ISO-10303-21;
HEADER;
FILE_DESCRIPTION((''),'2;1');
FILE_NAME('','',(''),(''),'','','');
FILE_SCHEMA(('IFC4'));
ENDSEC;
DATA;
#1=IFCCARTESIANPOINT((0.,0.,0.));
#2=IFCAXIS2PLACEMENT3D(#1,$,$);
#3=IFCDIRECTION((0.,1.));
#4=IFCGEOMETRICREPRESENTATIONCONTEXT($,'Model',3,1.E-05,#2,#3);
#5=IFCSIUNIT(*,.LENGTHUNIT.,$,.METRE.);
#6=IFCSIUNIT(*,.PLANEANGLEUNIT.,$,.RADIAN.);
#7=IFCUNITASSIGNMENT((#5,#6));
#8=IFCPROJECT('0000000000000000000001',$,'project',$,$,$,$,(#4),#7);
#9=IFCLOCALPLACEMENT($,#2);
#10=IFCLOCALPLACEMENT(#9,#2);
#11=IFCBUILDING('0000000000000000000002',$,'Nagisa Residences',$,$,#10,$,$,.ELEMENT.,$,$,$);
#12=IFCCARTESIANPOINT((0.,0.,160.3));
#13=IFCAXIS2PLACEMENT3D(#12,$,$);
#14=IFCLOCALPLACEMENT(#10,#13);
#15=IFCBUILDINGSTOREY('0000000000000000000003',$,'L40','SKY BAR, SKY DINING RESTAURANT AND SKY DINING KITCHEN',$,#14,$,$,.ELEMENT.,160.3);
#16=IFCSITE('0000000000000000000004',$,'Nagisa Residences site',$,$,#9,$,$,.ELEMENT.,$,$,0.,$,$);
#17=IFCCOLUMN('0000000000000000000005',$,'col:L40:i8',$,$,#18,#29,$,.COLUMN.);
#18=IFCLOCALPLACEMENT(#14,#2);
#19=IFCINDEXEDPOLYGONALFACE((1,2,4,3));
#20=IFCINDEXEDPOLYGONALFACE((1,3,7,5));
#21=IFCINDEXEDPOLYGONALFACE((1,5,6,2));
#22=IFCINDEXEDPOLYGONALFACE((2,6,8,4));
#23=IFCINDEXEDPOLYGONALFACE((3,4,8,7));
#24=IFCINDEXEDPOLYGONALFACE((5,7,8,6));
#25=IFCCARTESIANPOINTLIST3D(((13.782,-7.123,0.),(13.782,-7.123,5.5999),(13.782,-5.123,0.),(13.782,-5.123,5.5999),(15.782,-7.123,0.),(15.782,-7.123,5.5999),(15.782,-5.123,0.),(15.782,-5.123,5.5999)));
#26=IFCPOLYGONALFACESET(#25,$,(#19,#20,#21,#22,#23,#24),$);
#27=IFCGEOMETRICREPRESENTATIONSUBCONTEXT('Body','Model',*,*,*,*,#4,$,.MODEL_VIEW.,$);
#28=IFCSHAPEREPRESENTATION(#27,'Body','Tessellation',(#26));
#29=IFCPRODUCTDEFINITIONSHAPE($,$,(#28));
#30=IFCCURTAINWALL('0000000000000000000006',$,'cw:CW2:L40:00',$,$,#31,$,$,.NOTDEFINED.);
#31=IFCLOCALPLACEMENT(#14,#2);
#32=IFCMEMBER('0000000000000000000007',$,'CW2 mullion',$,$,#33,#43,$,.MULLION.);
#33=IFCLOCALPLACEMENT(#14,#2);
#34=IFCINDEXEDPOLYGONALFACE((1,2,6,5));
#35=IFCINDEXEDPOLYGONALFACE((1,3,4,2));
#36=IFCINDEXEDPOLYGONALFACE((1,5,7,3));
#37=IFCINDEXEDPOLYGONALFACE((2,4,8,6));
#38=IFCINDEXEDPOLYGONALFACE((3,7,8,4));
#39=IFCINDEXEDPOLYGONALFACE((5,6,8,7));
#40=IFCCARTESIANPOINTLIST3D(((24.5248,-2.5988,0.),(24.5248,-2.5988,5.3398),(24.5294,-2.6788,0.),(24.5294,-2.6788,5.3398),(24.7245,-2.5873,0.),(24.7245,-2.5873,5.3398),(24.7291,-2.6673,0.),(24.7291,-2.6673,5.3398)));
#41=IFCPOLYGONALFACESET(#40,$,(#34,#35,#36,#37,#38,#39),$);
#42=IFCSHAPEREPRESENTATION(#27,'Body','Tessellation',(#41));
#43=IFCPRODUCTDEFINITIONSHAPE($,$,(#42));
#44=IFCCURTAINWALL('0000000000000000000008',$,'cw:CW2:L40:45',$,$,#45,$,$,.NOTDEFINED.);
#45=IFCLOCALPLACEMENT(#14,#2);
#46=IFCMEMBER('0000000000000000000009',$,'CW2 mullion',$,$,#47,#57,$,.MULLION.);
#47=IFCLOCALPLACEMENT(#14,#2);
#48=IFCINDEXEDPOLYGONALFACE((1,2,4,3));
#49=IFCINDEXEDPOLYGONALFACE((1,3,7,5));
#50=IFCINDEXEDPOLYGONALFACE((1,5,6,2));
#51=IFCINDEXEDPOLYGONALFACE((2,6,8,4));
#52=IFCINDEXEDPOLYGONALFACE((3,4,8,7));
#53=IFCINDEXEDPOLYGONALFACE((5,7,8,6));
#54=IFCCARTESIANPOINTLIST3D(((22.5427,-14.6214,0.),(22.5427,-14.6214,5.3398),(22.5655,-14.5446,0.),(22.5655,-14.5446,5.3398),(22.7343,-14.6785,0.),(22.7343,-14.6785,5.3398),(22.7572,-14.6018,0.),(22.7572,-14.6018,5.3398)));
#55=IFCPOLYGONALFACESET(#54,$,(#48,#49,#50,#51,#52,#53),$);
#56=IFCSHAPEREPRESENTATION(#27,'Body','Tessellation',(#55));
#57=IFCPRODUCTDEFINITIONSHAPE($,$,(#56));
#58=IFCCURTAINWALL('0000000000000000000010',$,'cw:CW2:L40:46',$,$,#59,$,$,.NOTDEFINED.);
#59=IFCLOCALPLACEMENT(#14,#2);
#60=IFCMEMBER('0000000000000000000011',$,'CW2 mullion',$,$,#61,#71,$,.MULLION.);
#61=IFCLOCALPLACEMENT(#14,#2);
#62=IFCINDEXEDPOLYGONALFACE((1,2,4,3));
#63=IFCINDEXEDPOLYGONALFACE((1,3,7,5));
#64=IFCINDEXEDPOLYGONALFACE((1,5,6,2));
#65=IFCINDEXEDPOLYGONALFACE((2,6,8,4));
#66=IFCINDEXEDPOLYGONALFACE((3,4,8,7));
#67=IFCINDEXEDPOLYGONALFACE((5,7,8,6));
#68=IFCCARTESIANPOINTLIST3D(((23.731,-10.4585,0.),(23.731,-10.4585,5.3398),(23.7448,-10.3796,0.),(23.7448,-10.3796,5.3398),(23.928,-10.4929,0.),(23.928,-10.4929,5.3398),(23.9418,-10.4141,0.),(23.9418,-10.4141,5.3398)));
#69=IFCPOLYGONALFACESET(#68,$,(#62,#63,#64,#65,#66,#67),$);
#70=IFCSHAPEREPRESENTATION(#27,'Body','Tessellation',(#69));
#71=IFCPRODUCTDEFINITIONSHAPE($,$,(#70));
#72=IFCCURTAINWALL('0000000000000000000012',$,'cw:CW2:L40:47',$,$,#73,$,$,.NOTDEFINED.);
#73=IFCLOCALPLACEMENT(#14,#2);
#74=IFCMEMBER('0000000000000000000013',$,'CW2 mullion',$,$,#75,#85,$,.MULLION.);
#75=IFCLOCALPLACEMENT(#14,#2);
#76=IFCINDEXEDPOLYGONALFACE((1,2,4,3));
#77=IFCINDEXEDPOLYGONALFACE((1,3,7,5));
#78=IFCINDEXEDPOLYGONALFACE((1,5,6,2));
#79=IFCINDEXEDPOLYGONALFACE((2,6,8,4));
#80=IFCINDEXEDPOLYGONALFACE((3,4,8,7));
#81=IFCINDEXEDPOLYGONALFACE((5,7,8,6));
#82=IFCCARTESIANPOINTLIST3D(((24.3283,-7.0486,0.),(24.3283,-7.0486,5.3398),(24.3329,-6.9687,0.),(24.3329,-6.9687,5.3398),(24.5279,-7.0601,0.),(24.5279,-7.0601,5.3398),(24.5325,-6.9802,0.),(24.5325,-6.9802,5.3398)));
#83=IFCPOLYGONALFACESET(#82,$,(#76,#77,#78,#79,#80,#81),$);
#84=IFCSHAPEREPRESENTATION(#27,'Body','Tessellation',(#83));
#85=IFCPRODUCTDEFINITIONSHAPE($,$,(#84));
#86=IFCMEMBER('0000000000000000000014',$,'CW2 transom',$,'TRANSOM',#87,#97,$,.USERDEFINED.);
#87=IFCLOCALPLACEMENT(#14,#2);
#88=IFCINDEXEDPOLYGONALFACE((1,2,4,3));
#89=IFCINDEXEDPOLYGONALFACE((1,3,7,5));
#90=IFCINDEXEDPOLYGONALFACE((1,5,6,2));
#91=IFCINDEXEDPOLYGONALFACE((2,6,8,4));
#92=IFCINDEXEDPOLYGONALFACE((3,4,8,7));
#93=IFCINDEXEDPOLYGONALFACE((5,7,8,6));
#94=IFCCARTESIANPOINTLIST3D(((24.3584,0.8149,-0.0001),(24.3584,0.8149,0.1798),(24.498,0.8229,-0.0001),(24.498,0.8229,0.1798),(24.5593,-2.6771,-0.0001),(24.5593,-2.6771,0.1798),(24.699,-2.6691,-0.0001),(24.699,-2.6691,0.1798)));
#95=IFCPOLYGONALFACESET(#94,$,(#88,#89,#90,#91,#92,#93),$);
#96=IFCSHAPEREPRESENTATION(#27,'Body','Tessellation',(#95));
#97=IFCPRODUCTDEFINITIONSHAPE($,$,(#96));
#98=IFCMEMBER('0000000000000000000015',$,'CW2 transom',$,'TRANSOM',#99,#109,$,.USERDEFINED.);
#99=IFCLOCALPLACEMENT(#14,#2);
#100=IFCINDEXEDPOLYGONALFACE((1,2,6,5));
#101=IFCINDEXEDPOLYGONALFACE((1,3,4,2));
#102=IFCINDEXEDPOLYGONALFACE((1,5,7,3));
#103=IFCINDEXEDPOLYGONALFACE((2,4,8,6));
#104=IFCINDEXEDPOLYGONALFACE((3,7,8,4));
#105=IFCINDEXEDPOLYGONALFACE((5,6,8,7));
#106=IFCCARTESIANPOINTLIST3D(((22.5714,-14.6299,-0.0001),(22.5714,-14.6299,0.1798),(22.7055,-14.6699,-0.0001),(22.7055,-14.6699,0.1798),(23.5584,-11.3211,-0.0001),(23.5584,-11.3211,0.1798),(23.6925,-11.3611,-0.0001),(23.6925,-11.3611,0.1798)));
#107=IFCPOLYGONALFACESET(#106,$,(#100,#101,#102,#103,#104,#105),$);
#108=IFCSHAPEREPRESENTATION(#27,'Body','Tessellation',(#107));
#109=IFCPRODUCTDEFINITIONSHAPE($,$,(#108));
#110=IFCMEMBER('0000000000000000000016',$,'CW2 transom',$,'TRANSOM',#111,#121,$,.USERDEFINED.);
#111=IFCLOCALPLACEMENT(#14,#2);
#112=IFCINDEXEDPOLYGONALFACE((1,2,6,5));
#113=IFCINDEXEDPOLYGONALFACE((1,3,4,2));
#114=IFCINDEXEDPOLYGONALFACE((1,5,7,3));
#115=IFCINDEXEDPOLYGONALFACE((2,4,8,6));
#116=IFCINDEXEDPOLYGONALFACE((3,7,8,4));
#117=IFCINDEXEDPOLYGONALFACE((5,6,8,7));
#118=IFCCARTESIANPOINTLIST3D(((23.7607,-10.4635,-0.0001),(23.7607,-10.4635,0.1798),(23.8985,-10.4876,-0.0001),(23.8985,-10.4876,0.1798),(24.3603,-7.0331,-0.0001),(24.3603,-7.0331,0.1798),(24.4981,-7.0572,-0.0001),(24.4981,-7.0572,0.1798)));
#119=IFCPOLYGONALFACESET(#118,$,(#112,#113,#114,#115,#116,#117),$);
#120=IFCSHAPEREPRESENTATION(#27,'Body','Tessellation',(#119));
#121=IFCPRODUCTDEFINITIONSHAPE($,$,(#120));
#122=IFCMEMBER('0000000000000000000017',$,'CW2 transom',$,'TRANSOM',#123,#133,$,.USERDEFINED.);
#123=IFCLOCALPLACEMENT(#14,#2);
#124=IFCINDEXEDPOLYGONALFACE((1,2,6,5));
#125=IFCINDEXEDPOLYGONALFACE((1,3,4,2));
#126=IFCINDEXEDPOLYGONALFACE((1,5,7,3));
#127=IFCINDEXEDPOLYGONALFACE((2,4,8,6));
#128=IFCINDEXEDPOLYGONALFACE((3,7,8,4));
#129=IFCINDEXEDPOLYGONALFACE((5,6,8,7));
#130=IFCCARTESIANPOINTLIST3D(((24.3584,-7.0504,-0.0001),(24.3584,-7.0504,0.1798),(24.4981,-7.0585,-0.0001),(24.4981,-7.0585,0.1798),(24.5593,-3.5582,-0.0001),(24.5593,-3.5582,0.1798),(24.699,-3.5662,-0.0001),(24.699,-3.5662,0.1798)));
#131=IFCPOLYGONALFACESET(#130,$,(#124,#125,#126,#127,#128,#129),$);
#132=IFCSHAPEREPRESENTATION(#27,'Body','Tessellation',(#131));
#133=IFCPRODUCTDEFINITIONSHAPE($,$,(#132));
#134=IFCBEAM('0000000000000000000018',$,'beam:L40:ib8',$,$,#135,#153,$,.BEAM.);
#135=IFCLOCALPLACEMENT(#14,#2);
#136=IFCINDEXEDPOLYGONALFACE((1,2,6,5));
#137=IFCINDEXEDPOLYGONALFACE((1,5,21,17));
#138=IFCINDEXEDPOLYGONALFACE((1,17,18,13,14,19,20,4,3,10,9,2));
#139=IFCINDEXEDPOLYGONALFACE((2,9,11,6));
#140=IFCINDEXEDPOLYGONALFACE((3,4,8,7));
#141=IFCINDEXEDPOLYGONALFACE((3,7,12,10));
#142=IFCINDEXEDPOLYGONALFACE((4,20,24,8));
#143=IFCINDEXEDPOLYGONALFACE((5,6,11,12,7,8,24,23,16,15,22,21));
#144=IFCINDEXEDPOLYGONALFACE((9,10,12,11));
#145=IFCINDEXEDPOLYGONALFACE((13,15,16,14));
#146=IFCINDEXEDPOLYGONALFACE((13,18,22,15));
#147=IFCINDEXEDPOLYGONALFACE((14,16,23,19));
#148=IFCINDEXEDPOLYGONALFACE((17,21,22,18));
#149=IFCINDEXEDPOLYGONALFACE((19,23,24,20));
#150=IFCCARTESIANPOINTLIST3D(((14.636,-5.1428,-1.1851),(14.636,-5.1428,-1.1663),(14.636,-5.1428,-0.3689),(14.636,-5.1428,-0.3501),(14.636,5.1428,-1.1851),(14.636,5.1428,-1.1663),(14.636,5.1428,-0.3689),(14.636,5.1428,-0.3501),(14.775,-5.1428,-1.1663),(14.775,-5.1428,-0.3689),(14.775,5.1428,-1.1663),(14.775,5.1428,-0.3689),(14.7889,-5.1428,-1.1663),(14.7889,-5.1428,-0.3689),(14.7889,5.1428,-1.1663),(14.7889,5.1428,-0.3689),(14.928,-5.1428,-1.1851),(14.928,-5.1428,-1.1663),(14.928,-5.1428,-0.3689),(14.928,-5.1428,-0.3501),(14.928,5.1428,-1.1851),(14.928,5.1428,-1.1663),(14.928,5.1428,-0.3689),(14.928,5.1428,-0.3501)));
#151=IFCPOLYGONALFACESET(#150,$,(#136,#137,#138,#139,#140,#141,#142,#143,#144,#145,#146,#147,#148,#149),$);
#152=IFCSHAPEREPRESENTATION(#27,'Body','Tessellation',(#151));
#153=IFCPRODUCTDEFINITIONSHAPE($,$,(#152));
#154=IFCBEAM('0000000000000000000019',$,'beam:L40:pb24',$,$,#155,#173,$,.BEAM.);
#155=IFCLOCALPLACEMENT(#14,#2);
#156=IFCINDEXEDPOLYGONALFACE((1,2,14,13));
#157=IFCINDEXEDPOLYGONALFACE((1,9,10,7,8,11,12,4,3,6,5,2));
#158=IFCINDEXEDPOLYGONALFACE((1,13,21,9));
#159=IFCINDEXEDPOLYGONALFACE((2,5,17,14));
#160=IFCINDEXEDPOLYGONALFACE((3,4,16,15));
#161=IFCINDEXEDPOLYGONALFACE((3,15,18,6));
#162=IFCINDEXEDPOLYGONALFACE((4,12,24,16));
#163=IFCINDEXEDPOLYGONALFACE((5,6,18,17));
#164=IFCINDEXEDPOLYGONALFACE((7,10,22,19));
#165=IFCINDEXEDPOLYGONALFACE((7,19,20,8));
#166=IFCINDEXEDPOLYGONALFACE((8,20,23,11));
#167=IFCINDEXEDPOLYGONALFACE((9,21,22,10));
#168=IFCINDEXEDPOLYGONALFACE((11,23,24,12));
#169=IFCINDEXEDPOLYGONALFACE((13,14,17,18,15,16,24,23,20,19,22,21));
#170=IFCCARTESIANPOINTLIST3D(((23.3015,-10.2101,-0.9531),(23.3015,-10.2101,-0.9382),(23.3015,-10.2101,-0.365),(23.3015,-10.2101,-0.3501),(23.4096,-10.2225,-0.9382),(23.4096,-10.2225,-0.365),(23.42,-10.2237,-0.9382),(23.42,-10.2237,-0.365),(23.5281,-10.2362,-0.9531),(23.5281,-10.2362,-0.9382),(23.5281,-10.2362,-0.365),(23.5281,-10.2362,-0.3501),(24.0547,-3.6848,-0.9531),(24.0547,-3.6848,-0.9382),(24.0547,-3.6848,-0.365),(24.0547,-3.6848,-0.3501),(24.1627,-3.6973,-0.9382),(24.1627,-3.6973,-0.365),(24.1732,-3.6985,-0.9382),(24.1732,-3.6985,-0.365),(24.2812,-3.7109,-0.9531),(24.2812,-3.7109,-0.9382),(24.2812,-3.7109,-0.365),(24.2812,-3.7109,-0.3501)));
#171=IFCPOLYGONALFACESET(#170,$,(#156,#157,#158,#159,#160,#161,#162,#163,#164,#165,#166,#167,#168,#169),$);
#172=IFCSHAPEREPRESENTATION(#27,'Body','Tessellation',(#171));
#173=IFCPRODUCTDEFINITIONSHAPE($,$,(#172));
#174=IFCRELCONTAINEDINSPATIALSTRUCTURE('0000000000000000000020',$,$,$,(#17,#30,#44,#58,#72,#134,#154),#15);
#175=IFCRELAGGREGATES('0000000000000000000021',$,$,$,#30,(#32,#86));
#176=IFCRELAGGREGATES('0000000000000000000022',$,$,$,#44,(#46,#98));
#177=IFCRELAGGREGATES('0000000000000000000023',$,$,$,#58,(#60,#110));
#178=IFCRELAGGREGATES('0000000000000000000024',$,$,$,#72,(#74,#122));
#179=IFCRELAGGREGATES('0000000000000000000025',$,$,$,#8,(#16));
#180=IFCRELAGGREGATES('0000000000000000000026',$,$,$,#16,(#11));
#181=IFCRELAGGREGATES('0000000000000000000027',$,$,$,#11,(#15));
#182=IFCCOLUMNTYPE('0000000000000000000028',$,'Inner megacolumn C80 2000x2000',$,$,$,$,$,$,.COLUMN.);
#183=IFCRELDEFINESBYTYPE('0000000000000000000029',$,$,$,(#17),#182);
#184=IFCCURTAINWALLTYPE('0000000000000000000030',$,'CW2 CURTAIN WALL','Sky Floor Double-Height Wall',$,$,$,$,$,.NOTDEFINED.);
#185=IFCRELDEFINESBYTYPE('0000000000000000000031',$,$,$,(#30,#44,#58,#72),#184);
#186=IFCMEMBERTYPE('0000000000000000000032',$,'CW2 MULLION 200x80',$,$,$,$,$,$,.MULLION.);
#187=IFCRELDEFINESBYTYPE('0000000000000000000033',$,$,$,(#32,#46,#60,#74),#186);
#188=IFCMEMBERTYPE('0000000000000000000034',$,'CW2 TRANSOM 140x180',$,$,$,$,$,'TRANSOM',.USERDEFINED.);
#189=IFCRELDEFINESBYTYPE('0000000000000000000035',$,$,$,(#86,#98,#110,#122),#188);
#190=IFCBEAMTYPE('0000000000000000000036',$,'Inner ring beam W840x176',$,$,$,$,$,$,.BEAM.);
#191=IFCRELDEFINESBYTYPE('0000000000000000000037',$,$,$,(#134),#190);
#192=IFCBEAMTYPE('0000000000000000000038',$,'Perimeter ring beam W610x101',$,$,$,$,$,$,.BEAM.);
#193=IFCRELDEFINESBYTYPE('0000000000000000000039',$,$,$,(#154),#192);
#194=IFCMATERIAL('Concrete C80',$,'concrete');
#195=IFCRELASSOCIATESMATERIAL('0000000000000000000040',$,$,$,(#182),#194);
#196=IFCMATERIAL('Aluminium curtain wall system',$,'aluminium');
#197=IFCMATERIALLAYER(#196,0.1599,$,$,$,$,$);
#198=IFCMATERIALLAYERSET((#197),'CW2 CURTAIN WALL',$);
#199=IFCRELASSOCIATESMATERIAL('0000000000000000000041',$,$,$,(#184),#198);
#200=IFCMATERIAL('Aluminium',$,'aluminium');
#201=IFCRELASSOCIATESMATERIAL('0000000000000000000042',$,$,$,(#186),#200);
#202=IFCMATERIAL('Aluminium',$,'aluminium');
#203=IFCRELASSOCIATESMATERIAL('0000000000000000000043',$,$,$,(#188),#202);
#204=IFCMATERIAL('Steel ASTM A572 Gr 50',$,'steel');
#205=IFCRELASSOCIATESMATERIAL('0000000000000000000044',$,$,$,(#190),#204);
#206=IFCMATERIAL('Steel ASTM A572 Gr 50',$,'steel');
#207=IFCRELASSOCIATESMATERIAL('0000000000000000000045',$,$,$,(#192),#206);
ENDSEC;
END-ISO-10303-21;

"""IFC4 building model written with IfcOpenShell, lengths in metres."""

from ifc_helpers import new_model, si_unit, direction, frame, origin, origin_2d, place, context, subcontext, project, spatial, rectangle, i_section, extrude, material, layer, layer_set, material_profile, profile_set, type_object, element, aggregate, save


model = new_model("IFC4")

# Units and contexts
model_context = context("Model", 3, precision=1e-05, world=origin(), true_north=direction((0.0, 1.0)))
body_context = subcontext(model_context, "Body", "Model", "MODEL_VIEW")
ifc_project = project(units=[si_unit("LENGTHUNIT", "METRE"), si_unit("PLANEANGLEUNIT", "RADIAN")], contexts=[model_context])

# Site, building, storey
site_placement = place(None, origin())
site = spatial("IfcSite", under=ifc_project, at=site_placement, Name="Nagisa Residences site", CompositionType="ELEMENT", RefElevation=0.0)
building_placement = place(site_placement, origin())
building = spatial("IfcBuilding", under=site, at=building_placement, Name="Nagisa Residences", CompositionType="ELEMENT")
storey_placement = place(building_placement, frame((0.0, 0.0, 160.3)))
storey = spatial("IfcBuildingStorey", under=building, at=storey_placement, Name="L40", Description="SKY BAR, SKY DINING RESTAURANT AND SKY DINING KITCHEN", CompositionType="ELEMENT", Elevation=160.3)

# Column
ifc_material_1 = material(Name="Concrete C80", Category="concrete")
ifc_material_profile_1 = material_profile(ifc_material_1, rectangle(XDim=2.0, YDim=2.0, at=origin_2d()), Name="C80 2000x2000")
ifc_profile_set_1 = profile_set([ifc_material_profile_1], Name="Concrete C80")
column_type = type_object("IfcColumnType", Name="Inner megacolumn C80 2000x2000", PredefinedType="COLUMN", material=ifc_profile_set_1)
column_placement = place(storey_placement, frame((14.782, -6.123, 0.0), z_axis=(0.0, 0.0, 1.0), x_axis=(1.0, 0.0, 0.0)))
element("IfcColumn", 1, at=column_placement, inside=storey, type_object=column_type, Name="col:L40:i8", PredefinedType="COLUMN", context=body_context, shape_type="SweptSolid", body=[
    extrude(rectangle(XDim=2.0, YDim=2.0, at=origin_2d()), origin(), (0.0, 0.0, 1.0), 5.5999),
])

# Curtain walls, members
ifc_material_2 = material(Name="Aluminium curtain wall system", Category="aluminium")
ifc_layer_1 = layer(ifc_material_2, 0.1599)
ifc_layer_set_1 = layer_set([ifc_layer_1], Name="CW2 CURTAIN WALL")
curtain_wall_type = type_object("IfcCurtainWallType", Name="CW2 CURTAIN WALL", Description="Sky Floor Double-Height Wall", PredefinedType="NOTDEFINED", material=ifc_layer_set_1)
curtain_wall_1_placement = place(storey_placement, origin())
curtain_wall_1 = element("IfcCurtainWall", 2, at=curtain_wall_1_placement, inside=storey, type_object=curtain_wall_type, Name="cw:CW2:L40:00", PredefinedType="NOTDEFINED")
ifc_material_3 = material(Name="Aluminium", Category="aluminium")
ifc_material_profile_2 = material_profile(ifc_material_3, rectangle(XDim=0.2, YDim=0.0801, at=origin_2d()), Name="CW2 MULLION 200x80")
ifc_profile_set_2 = profile_set([ifc_material_profile_2], Name="Aluminium")
member_type_1 = type_object("IfcMemberType", Name="CW2 MULLION 200x80", PredefinedType="MULLION", material=ifc_profile_set_2)
member_1_placement = place(storey_placement, frame((24.627, -2.6331, 0.0), z_axis=(0.0, 0.0, 1.0), x_axis=(-0.998345, -0.057503, 0.0)))
member_1 = element("IfcMember", 3, at=member_1_placement, type_object=member_type_1, Name="CW2 mullion", PredefinedType="MULLION", context=body_context, shape_type="SweptSolid", body=[
    extrude(rectangle(XDim=0.2, YDim=0.0801, at=origin_2d()), origin(), (0.0, 0.0, 1.0), 5.3398),
])
curtain_wall_2_placement = place(storey_placement, origin())
curtain_wall_2 = element("IfcCurtainWall", 4, at=curtain_wall_2_placement, inside=storey, type_object=curtain_wall_type, Name="cw:CW2:L40:45", PredefinedType="NOTDEFINED")
member_2_placement = place(storey_placement, frame((22.6499, -14.6116, 0.0), z_axis=(0.0, 0.0, 1.0), x_axis=(-0.958271, 0.28586, 0.0)))
member_2 = element("IfcMember", 5, at=member_2_placement, type_object=member_type_1, Name="CW2 mullion", PredefinedType="MULLION", context=body_context, shape_type="SweptSolid", body=[
    extrude(rectangle(XDim=0.2, YDim=0.0801, at=origin_2d()), origin(), (0.0, 0.0, 1.0), 5.3398),
])
curtain_wall_3_placement = place(storey_placement, origin())
curtain_wall_3 = element("IfcCurtainWall", 6, at=curtain_wall_3_placement, inside=storey, type_object=curtain_wall_type, Name="cw:CW2:L40:46", PredefinedType="NOTDEFINED")
member_3_placement = place(storey_placement, frame((23.8364, -10.4363, 0.0), z_axis=(0.0, 0.0, 1.0), x_axis=(-0.985064, 0.172191, 0.0)))
member_3 = element("IfcMember", 7, at=member_3_placement, type_object=member_type_1, Name="CW2 mullion", PredefinedType="MULLION", context=body_context, shape_type="SweptSolid", body=[
    extrude(rectangle(XDim=0.2, YDim=0.0801, at=origin_2d()), origin(), (0.0, 0.0, 1.0), 5.3398),
])
curtain_wall_4_placement = place(storey_placement, origin())
curtain_wall_4 = element("IfcCurtainWall", 8, at=curtain_wall_4_placement, inside=storey, type_object=curtain_wall_type, Name="cw:CW2:L40:47", PredefinedType="NOTDEFINED")
member_4_placement = place(storey_placement, frame((24.4304, -7.0144, 0.0), z_axis=(0.0, 0.0, 1.0), x_axis=(-0.998345, 0.057503, 0.0)))
member_4 = element("IfcMember", 9, at=member_4_placement, type_object=member_type_1, Name="CW2 mullion", PredefinedType="MULLION", context=body_context, shape_type="SweptSolid", body=[
    extrude(rectangle(XDim=0.2, YDim=0.0801, at=origin_2d()), origin(), (0.0, 0.0, 1.0), 5.3398),
])

# Members
ifc_material_4 = material(Name="Aluminium", Category="aluminium")
ifc_material_profile_3 = material_profile(ifc_material_4, rectangle(XDim=0.1399, YDim=0.1799, at=origin_2d()), Name="CW2 TRANSOM 140x180")
ifc_profile_set_3 = profile_set([ifc_material_profile_3], Name="Aluminium")
member_type_2 = type_object("IfcMemberType", Name="CW2 TRANSOM 140x180", ElementType="TRANSOM", PredefinedType="USERDEFINED", material=ifc_profile_set_3)
member_5_placement = place(storey_placement, frame((24.6292, -2.6731, 0.0898), z_axis=(-0.057445, 0.998349, 0.0), x_axis=(-0.998349, -0.057445, 0.0)))
member_5 = element("IfcMember", 10, at=member_5_placement, type_object=member_type_2, Name="CW2 transom", ObjectType="TRANSOM", PredefinedType="USERDEFINED", context=body_context, shape_type="SweptSolid", body=[
    extrude(rectangle(XDim=0.1399, YDim=0.1799, at=origin_2d()), origin(), (0.0, 0.0, 1.0), 3.4978),
])
aggregate(curtain_wall_1, [member_1, member_5])
member_6_placement = place(storey_placement, frame((22.6384, -14.6499, 0.0898), z_axis=(0.285862, 0.958271, 0.0), x_axis=(-0.958271, 0.285862, 0.0)))
member_6 = element("IfcMember", 11, at=member_6_placement, type_object=member_type_2, Name="CW2 transom", ObjectType="TRANSOM", PredefinedType="USERDEFINED", context=body_context, shape_type="SweptSolid", body=[
    extrude(rectangle(XDim=0.1399, YDim=0.1799, at=origin_2d()), origin(), (0.0, 0.0, 1.0), 3.4529),
])
member_7_placement = place(storey_placement, frame((23.8296, -10.4756, 0.0898), z_axis=(0.172181, 0.985065, 0.0), x_axis=(-0.985065, 0.172181, 0.0)))
member_7 = element("IfcMember", 12, at=member_7_placement, type_object=member_type_2, Name="CW2 transom", ObjectType="TRANSOM", PredefinedType="USERDEFINED", context=body_context, shape_type="SweptSolid", body=[
    extrude(rectangle(XDim=0.1399, YDim=0.1799, at=origin_2d()), origin(), (0.0, 0.0, 1.0), 3.4824),
])
member_8_placement = place(storey_placement, frame((24.4282, -7.0544, 0.0898), z_axis=(0.057441, 0.998349, 0.0), x_axis=(-0.998349, 0.057441, 0.0)))
member_8 = element("IfcMember", 13, at=member_8_placement, type_object=member_type_2, Name="CW2 transom", ObjectType="TRANSOM", PredefinedType="USERDEFINED", context=body_context, shape_type="SweptSolid", body=[
    extrude(rectangle(XDim=0.1399, YDim=0.1799, at=origin_2d()), origin(), (0.0, 0.0, 1.0), 3.498),
])

# Beams
ifc_material_5 = material(Name="Steel ASTM A572 Gr 50", Category="steel")
ifc_material_profile_4 = material_profile(ifc_material_5, i_section(OverallWidth=0.292, OverallDepth=0.835, WebThickness=0.0139, FlangeThickness=0.0188, at=origin_2d()), Name="W840x176")
ifc_profile_set_4 = profile_set([ifc_material_profile_4], Name="Steel ASTM A572 Gr 50")
beam_type_1 = type_object("IfcBeamType", Name="Inner ring beam W840x176", PredefinedType="BEAM", material=ifc_profile_set_4)
beam_1_placement = place(storey_placement, frame((14.782, -5.1428, -0.7676), z_axis=(0.0, 1.0, 0.0), x_axis=(-1.0, 0.0, 0.0)))
element("IfcBeam", 14, at=beam_1_placement, inside=storey, type_object=beam_type_1, Name="beam:L40:ib8", PredefinedType="BEAM", context=body_context, shape_type="SweptSolid", body=[
    extrude(i_section(OverallWidth=0.292, OverallDepth=0.835, WebThickness=0.0139, FlangeThickness=0.0188, at=origin_2d()), origin(), (0.0, 0.0, 1.0), 10.2856),
])
ifc_material_6 = material(Name="Steel ASTM A572 Gr 50", Category="steel")
ifc_material_profile_5 = material_profile(ifc_material_6, i_section(OverallWidth=0.228, OverallDepth=0.603, WebThickness=0.0105, FlangeThickness=0.0149, at=origin_2d()), Name="W610x101")
ifc_profile_set_5 = profile_set([ifc_material_profile_5], Name="Steel ASTM A572 Gr 50")
beam_type_2 = type_object("IfcBeamType", Name="Perimeter ring beam W610x101", PredefinedType="BEAM", material=ifc_profile_set_5)
beam_2_placement = place(storey_placement, frame((23.4148, -10.2231, -0.6516), z_axis=(0.114661, 0.993405, 0.0), x_axis=(-0.993405, 0.114661, 0.0)))
element("IfcBeam", 15, at=beam_2_placement, inside=storey, type_object=beam_type_2, Name="beam:L40:pb24", PredefinedType="BEAM", context=body_context, shape_type="SweptSolid", body=[
    extrude(i_section(OverallWidth=0.228, OverallDepth=0.603, WebThickness=0.0105, FlangeThickness=0.0149, at=origin_2d()), origin(), (0.0, 0.0, 1.0), 6.5686),
])

aggregate(curtain_wall_2, [member_2, member_6])
aggregate(curtain_wall_3, [member_3, member_7])
aggregate(curtain_wall_4, [member_4, member_8])

save(model, "model.ifc")
